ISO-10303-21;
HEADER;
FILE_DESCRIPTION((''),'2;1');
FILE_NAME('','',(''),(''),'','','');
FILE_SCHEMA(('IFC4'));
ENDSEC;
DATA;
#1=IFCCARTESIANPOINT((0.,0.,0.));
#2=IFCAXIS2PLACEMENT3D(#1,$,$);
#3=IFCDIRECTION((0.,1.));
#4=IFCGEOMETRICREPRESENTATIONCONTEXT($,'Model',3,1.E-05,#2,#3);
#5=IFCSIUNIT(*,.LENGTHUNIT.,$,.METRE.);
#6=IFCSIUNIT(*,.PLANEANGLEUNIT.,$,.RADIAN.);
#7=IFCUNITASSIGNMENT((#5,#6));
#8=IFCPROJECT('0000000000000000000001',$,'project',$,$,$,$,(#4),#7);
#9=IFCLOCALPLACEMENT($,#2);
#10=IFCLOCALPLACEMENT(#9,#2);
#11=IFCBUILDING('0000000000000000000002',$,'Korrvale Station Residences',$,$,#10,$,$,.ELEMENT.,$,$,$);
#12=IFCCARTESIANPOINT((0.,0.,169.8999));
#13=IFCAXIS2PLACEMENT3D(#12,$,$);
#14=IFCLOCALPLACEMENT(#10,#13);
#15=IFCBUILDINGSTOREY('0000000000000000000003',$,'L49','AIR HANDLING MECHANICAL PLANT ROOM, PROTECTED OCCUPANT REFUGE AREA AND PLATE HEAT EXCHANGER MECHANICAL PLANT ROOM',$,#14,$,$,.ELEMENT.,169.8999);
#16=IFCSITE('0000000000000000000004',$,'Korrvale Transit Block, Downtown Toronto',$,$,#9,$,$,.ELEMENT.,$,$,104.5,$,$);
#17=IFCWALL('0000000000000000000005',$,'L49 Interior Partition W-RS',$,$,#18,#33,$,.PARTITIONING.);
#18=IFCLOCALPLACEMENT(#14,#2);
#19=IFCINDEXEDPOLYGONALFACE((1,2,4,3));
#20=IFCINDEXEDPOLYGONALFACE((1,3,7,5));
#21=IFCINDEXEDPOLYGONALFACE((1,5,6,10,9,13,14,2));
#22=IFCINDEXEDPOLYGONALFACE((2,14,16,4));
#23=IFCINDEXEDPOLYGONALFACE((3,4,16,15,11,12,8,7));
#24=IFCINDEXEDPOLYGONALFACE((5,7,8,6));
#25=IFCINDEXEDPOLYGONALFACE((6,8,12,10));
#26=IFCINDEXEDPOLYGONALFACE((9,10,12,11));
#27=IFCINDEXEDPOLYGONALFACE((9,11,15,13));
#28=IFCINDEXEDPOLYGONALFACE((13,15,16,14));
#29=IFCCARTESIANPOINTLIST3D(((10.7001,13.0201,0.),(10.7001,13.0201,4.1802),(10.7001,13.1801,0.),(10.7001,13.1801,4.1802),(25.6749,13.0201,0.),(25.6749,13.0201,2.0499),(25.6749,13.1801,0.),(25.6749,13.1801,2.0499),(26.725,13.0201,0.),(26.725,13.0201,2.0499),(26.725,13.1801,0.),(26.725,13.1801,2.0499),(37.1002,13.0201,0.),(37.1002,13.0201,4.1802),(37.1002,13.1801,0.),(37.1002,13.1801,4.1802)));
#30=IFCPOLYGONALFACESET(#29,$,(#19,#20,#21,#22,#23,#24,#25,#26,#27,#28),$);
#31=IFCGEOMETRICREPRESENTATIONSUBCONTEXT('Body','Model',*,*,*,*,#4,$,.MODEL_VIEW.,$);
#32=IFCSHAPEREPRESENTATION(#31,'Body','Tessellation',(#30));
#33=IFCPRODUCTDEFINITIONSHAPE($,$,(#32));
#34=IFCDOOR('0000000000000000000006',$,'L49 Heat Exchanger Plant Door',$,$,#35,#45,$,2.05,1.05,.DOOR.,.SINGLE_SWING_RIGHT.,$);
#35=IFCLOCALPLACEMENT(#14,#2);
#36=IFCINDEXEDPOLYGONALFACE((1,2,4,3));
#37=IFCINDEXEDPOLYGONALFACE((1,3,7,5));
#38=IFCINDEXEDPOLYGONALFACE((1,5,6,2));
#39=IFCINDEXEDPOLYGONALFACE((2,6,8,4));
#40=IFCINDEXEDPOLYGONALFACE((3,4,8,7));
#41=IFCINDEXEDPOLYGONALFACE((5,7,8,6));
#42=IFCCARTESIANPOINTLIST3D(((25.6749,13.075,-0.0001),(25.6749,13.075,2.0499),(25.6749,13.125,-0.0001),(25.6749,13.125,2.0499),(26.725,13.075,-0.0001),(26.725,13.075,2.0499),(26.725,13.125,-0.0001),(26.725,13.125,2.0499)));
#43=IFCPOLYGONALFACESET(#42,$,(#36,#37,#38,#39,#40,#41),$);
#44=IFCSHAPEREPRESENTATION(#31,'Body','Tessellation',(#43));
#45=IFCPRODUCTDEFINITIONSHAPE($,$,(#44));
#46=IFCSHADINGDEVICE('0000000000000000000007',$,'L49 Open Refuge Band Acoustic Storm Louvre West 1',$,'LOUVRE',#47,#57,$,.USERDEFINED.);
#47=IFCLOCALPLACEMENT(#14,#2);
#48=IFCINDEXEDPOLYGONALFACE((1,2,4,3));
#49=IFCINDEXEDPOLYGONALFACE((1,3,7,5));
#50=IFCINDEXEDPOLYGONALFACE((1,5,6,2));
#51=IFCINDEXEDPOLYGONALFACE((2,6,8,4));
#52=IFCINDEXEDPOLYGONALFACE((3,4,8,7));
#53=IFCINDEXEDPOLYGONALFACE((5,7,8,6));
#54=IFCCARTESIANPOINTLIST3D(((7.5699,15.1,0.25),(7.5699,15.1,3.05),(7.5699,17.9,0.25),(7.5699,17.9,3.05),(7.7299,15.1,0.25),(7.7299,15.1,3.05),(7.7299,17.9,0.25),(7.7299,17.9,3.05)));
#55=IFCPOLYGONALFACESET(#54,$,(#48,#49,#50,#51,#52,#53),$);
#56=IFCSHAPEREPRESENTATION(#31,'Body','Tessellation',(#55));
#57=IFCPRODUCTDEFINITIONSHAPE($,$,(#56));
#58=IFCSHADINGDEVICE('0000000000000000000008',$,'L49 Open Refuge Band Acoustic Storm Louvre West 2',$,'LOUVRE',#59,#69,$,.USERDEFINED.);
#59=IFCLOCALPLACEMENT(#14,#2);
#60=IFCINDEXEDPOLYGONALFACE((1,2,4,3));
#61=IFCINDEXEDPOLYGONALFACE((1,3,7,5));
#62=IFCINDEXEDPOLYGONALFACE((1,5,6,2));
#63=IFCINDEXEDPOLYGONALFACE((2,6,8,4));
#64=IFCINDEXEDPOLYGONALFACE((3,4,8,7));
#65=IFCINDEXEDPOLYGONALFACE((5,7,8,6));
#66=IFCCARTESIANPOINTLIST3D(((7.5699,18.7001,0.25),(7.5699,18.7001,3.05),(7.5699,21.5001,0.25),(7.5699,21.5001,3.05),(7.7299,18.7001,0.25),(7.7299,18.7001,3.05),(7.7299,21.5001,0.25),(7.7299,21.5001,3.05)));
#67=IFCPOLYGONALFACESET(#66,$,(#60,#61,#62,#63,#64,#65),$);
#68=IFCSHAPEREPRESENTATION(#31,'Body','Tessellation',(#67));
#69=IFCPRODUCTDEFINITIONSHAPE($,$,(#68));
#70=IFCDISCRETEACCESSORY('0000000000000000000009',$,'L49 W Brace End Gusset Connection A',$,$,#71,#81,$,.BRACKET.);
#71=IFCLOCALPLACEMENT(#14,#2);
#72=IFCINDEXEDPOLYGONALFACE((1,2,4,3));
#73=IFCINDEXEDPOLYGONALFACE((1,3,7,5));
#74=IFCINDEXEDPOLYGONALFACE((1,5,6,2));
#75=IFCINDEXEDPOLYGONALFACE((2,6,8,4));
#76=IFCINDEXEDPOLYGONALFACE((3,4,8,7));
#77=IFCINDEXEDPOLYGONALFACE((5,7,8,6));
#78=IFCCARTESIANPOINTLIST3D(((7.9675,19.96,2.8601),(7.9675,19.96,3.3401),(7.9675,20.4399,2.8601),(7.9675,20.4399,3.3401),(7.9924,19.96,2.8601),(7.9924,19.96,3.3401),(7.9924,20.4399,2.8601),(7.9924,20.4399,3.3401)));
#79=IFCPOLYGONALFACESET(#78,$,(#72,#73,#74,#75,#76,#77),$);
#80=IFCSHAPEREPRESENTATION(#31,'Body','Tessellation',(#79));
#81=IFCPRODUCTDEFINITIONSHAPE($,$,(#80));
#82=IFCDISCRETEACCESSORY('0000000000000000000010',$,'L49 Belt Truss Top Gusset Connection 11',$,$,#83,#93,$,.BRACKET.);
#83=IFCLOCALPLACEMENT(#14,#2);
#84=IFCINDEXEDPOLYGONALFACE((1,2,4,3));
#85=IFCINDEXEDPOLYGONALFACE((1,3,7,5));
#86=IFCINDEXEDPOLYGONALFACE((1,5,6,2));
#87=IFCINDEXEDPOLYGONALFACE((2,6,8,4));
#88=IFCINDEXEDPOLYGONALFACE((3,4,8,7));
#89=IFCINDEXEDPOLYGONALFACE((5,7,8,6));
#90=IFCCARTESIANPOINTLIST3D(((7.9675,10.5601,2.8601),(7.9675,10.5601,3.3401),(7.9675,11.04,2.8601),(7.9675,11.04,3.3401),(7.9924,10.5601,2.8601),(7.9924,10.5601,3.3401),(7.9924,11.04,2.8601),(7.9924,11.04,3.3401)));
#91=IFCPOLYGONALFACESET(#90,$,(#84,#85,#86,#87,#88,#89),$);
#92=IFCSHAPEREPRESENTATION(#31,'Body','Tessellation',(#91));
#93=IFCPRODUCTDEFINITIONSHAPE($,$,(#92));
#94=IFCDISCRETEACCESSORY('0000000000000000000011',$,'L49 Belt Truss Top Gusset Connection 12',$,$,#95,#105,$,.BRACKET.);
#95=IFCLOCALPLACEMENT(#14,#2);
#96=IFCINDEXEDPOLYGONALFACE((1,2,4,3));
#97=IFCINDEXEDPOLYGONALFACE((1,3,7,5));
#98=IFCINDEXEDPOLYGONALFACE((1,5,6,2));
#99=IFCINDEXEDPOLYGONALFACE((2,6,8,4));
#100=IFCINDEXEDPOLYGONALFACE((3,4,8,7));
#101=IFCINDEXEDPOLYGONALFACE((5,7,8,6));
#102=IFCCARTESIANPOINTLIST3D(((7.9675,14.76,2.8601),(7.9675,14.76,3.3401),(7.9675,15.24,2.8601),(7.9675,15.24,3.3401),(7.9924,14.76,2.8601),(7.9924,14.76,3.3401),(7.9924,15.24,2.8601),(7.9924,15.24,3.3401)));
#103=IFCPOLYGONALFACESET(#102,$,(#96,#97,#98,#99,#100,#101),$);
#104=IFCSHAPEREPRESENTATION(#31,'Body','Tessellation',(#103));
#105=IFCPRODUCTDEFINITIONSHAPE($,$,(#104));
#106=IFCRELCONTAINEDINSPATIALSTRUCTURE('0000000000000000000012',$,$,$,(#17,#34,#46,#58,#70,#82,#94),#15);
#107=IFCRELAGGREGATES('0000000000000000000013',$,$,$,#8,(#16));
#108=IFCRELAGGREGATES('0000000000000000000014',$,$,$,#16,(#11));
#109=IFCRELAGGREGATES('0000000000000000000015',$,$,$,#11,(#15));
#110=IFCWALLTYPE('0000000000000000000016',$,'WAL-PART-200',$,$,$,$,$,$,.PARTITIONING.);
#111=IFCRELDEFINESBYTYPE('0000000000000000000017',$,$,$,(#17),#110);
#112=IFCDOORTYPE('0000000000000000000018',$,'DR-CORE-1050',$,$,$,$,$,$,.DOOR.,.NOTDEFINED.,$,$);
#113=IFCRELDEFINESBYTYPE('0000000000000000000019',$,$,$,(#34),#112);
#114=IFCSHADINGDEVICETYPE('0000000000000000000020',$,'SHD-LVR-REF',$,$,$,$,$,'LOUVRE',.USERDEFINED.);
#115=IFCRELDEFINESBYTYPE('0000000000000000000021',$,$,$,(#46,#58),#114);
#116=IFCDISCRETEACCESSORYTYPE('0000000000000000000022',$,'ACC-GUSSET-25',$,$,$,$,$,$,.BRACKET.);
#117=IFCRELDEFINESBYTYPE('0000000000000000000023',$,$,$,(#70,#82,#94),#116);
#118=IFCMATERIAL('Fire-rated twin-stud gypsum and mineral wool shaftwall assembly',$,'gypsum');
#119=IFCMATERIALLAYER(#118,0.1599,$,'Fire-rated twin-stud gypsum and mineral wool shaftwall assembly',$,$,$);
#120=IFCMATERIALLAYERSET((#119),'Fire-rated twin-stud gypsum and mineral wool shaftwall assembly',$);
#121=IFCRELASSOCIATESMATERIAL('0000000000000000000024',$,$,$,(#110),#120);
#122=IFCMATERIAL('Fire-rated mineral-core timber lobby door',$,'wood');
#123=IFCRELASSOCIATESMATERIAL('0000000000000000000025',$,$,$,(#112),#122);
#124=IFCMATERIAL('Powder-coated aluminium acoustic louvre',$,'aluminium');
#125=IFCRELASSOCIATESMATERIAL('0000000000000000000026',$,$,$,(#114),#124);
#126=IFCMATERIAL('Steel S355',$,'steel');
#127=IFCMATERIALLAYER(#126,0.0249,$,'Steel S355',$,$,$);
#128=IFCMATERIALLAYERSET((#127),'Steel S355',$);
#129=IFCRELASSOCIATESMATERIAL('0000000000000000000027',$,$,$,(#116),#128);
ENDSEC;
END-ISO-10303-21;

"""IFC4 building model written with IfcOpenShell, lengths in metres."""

from ifc_helpers import new_model, si_unit, direction, frame, frame_2d, origin, origin_2d, place, context, subcontext, project, spatial, rectangle, extrude, material, layer, layer_set, type_object, element, fill, save


model = new_model("IFC4")

# Units and contexts
model_context = context("Model", 3, precision=1e-05, world=origin(), true_north=direction((0.0, 1.0)))
body_context = subcontext(model_context, "Body", "Model", "MODEL_VIEW")
ifc_project = project(units=[si_unit("LENGTHUNIT", "METRE"), si_unit("PLANEANGLEUNIT", "RADIAN")], contexts=[model_context])

# Site, building, storey
site_placement = place(None, origin())
site = spatial("IfcSite", under=ifc_project, at=site_placement, Name="Korrvale Transit Block, Downtown Toronto", CompositionType="ELEMENT", RefElevation=104.5)
building_placement = place(site_placement, origin())
building = spatial("IfcBuilding", under=site, at=building_placement, Name="Korrvale Station Residences", CompositionType="ELEMENT")
storey_placement = place(building_placement, frame((0.0, 0.0, 169.8999)))
storey = spatial("IfcBuildingStorey", under=building, at=storey_placement, Name="L49", Description="AIR HANDLING MECHANICAL PLANT ROOM, PROTECTED OCCUPANT REFUGE AREA AND PLATE HEAT EXCHANGER MECHANICAL PLANT ROOM", CompositionType="ELEMENT", Elevation=169.8999)

# Shared definitions
ifc_material_1 = material(Name="Steel S355", Category="steel")

# Wall, opening, door
ifc_material_2 = material(Name="Fire-rated twin-stud gypsum and mineral wool shaftwall assembly", Category="gypsum")
ifc_layer_1 = layer(ifc_material_2, 0.1599, Name="Fire-rated twin-stud gypsum and mineral wool shaftwall assembly")
ifc_layer_set_1 = layer_set([ifc_layer_1], Name="Fire-rated twin-stud gypsum and mineral wool shaftwall assembly")
wall_type = type_object("IfcWallType", Name="WAL-PART-200", PredefinedType="PARTITIONING", material=ifc_layer_set_1)
wall_placement = place(storey_placement, frame((10.7, 13.1001, 0.0), z_axis=(0.0, 0.0, 1.0), x_axis=(1.0, 0.0, 0.0)))
wall = element("IfcWall", 1, at=wall_placement, inside=storey, type_object=wall_type, Name="L49 Interior Partition W-RS", PredefinedType="PARTITIONING", context=body_context, shape_type="SweptSolid", body=[
    extrude(rectangle(XDim=26.4001, YDim=0.1599, at=frame_2d((13.2002, 0.0))), origin(), (0.0, 0.0, 1.0), 4.1802),
])
opening_placement = place(wall_placement, frame((14.9751, 0.0, 0.0)))
opening = element("IfcOpeningElement", 2, at=opening_placement, cuts=wall, PredefinedType="OPENING", context=body_context, shape_type="SweptSolid", body=[
    extrude(rectangle(XDim=1.05, YDim=2.05, at=frame_2d((0.5249, 1.0249))), frame((0.0, 0.0898, 0.0), z_axis=(0.0, -1.0, 0.0), x_axis=(1.0, 0.0, 0.0)), (0.0, 0.0, 1.0), 0.1799),
])
ifc_material_3 = material(Name="Fire-rated mineral-core timber lobby door", Category="wood")
door_type = type_object("IfcDoorType", Name="DR-CORE-1050", OperationType="NOTDEFINED", PredefinedType="DOOR", material=ifc_material_3)
door_placement = place(opening_placement, origin())
door = element("IfcDoor", 3, at=door_placement, inside=storey, type_object=door_type, Name="L49 Heat Exchanger Plant Door", OperationType="SINGLE_SWING_RIGHT", OverallHeight=2.05, OverallWidth=1.05, PredefinedType="DOOR", context=body_context, shape_type="SweptSolid", body=[
    extrude(rectangle(XDim=1.05, YDim=2.05, at=frame_2d((0.5249, 1.0249))), frame((0.0, 0.0249, 0.0), z_axis=(0.0, -1.0, 0.0), x_axis=(1.0, 0.0, 0.0)), (0.0, 0.0, 1.0), 0.05),
])
fill(opening, door)

# Shading devices
ifc_material_4 = material(Name="Powder-coated aluminium acoustic louvre", Category="aluminium")
shading_device_type = type_object("IfcShadingDeviceType", Name="SHD-LVR-REF", ElementType="LOUVRE", PredefinedType="USERDEFINED", material=ifc_material_4)
for number, where, z_axis, x_axis, name in (
    (4, (7.6499, 16.5, 0.25), (0.0, 0.0, 1.0), (1.0, 0.0, 0.0), "L49 Open Refuge Band Acoustic Storm Louvre West 1"),
    (5, (7.6499, 20.1001, 0.25), (0.0, 0.0, 1.0), (1.0, 0.0, 0.0), "L49 Open Refuge Band Acoustic Storm Louvre West 2"),
):
    element("IfcShadingDevice", number, at=place(storey_placement, frame(where, z_axis=z_axis, x_axis=x_axis)), inside=storey, type_object=shading_device_type, Name=name, ObjectType="LOUVRE", PredefinedType="USERDEFINED", context=body_context, shape_type="SweptSolid", body=[
        extrude(rectangle(XDim=0.1599, YDim=2.8, at=origin_2d()), origin(), (0.0, 0.0, 1.0), 2.8),
    ])

# Discrete accessories
ifc_layer_2 = layer(ifc_material_1, 0.0249, Name="Steel S355")
ifc_layer_set_2 = layer_set([ifc_layer_2], Name="Steel S355")
discrete_accessory_type = type_object("IfcDiscreteAccessoryType", Name="ACC-GUSSET-25", PredefinedType="BRACKET", material=ifc_layer_set_2)
for number, where, z_axis, x_axis, name in (
    (6, (7.98, 20.2, 2.8601), (0.0, 0.0, 1.0), (0.0, 1.0, 0.0), "L49 W Brace End Gusset Connection A"),
    (7, (7.98, 10.8, 2.8601), (0.0, 0.0, 1.0), (0.0, 1.0, 0.0), "L49 Belt Truss Top Gusset Connection 11"),
    (8, (7.98, 15.0, 2.8601), (0.0, 0.0, 1.0), (0.0, 1.0, 0.0), "L49 Belt Truss Top Gusset Connection 12"),
):
    element("IfcDiscreteAccessory", number, at=place(storey_placement, frame(where, z_axis=z_axis, x_axis=x_axis)), inside=storey, type_object=discrete_accessory_type, Name=name, PredefinedType="BRACKET", context=body_context, shape_type="SweptSolid", body=[
        extrude(rectangle(XDim=0.48, YDim=0.0249, at=origin_2d()), origin(), (0.0, 0.0, 1.0), 0.48),
    ])

save(model, "model.ifc")
